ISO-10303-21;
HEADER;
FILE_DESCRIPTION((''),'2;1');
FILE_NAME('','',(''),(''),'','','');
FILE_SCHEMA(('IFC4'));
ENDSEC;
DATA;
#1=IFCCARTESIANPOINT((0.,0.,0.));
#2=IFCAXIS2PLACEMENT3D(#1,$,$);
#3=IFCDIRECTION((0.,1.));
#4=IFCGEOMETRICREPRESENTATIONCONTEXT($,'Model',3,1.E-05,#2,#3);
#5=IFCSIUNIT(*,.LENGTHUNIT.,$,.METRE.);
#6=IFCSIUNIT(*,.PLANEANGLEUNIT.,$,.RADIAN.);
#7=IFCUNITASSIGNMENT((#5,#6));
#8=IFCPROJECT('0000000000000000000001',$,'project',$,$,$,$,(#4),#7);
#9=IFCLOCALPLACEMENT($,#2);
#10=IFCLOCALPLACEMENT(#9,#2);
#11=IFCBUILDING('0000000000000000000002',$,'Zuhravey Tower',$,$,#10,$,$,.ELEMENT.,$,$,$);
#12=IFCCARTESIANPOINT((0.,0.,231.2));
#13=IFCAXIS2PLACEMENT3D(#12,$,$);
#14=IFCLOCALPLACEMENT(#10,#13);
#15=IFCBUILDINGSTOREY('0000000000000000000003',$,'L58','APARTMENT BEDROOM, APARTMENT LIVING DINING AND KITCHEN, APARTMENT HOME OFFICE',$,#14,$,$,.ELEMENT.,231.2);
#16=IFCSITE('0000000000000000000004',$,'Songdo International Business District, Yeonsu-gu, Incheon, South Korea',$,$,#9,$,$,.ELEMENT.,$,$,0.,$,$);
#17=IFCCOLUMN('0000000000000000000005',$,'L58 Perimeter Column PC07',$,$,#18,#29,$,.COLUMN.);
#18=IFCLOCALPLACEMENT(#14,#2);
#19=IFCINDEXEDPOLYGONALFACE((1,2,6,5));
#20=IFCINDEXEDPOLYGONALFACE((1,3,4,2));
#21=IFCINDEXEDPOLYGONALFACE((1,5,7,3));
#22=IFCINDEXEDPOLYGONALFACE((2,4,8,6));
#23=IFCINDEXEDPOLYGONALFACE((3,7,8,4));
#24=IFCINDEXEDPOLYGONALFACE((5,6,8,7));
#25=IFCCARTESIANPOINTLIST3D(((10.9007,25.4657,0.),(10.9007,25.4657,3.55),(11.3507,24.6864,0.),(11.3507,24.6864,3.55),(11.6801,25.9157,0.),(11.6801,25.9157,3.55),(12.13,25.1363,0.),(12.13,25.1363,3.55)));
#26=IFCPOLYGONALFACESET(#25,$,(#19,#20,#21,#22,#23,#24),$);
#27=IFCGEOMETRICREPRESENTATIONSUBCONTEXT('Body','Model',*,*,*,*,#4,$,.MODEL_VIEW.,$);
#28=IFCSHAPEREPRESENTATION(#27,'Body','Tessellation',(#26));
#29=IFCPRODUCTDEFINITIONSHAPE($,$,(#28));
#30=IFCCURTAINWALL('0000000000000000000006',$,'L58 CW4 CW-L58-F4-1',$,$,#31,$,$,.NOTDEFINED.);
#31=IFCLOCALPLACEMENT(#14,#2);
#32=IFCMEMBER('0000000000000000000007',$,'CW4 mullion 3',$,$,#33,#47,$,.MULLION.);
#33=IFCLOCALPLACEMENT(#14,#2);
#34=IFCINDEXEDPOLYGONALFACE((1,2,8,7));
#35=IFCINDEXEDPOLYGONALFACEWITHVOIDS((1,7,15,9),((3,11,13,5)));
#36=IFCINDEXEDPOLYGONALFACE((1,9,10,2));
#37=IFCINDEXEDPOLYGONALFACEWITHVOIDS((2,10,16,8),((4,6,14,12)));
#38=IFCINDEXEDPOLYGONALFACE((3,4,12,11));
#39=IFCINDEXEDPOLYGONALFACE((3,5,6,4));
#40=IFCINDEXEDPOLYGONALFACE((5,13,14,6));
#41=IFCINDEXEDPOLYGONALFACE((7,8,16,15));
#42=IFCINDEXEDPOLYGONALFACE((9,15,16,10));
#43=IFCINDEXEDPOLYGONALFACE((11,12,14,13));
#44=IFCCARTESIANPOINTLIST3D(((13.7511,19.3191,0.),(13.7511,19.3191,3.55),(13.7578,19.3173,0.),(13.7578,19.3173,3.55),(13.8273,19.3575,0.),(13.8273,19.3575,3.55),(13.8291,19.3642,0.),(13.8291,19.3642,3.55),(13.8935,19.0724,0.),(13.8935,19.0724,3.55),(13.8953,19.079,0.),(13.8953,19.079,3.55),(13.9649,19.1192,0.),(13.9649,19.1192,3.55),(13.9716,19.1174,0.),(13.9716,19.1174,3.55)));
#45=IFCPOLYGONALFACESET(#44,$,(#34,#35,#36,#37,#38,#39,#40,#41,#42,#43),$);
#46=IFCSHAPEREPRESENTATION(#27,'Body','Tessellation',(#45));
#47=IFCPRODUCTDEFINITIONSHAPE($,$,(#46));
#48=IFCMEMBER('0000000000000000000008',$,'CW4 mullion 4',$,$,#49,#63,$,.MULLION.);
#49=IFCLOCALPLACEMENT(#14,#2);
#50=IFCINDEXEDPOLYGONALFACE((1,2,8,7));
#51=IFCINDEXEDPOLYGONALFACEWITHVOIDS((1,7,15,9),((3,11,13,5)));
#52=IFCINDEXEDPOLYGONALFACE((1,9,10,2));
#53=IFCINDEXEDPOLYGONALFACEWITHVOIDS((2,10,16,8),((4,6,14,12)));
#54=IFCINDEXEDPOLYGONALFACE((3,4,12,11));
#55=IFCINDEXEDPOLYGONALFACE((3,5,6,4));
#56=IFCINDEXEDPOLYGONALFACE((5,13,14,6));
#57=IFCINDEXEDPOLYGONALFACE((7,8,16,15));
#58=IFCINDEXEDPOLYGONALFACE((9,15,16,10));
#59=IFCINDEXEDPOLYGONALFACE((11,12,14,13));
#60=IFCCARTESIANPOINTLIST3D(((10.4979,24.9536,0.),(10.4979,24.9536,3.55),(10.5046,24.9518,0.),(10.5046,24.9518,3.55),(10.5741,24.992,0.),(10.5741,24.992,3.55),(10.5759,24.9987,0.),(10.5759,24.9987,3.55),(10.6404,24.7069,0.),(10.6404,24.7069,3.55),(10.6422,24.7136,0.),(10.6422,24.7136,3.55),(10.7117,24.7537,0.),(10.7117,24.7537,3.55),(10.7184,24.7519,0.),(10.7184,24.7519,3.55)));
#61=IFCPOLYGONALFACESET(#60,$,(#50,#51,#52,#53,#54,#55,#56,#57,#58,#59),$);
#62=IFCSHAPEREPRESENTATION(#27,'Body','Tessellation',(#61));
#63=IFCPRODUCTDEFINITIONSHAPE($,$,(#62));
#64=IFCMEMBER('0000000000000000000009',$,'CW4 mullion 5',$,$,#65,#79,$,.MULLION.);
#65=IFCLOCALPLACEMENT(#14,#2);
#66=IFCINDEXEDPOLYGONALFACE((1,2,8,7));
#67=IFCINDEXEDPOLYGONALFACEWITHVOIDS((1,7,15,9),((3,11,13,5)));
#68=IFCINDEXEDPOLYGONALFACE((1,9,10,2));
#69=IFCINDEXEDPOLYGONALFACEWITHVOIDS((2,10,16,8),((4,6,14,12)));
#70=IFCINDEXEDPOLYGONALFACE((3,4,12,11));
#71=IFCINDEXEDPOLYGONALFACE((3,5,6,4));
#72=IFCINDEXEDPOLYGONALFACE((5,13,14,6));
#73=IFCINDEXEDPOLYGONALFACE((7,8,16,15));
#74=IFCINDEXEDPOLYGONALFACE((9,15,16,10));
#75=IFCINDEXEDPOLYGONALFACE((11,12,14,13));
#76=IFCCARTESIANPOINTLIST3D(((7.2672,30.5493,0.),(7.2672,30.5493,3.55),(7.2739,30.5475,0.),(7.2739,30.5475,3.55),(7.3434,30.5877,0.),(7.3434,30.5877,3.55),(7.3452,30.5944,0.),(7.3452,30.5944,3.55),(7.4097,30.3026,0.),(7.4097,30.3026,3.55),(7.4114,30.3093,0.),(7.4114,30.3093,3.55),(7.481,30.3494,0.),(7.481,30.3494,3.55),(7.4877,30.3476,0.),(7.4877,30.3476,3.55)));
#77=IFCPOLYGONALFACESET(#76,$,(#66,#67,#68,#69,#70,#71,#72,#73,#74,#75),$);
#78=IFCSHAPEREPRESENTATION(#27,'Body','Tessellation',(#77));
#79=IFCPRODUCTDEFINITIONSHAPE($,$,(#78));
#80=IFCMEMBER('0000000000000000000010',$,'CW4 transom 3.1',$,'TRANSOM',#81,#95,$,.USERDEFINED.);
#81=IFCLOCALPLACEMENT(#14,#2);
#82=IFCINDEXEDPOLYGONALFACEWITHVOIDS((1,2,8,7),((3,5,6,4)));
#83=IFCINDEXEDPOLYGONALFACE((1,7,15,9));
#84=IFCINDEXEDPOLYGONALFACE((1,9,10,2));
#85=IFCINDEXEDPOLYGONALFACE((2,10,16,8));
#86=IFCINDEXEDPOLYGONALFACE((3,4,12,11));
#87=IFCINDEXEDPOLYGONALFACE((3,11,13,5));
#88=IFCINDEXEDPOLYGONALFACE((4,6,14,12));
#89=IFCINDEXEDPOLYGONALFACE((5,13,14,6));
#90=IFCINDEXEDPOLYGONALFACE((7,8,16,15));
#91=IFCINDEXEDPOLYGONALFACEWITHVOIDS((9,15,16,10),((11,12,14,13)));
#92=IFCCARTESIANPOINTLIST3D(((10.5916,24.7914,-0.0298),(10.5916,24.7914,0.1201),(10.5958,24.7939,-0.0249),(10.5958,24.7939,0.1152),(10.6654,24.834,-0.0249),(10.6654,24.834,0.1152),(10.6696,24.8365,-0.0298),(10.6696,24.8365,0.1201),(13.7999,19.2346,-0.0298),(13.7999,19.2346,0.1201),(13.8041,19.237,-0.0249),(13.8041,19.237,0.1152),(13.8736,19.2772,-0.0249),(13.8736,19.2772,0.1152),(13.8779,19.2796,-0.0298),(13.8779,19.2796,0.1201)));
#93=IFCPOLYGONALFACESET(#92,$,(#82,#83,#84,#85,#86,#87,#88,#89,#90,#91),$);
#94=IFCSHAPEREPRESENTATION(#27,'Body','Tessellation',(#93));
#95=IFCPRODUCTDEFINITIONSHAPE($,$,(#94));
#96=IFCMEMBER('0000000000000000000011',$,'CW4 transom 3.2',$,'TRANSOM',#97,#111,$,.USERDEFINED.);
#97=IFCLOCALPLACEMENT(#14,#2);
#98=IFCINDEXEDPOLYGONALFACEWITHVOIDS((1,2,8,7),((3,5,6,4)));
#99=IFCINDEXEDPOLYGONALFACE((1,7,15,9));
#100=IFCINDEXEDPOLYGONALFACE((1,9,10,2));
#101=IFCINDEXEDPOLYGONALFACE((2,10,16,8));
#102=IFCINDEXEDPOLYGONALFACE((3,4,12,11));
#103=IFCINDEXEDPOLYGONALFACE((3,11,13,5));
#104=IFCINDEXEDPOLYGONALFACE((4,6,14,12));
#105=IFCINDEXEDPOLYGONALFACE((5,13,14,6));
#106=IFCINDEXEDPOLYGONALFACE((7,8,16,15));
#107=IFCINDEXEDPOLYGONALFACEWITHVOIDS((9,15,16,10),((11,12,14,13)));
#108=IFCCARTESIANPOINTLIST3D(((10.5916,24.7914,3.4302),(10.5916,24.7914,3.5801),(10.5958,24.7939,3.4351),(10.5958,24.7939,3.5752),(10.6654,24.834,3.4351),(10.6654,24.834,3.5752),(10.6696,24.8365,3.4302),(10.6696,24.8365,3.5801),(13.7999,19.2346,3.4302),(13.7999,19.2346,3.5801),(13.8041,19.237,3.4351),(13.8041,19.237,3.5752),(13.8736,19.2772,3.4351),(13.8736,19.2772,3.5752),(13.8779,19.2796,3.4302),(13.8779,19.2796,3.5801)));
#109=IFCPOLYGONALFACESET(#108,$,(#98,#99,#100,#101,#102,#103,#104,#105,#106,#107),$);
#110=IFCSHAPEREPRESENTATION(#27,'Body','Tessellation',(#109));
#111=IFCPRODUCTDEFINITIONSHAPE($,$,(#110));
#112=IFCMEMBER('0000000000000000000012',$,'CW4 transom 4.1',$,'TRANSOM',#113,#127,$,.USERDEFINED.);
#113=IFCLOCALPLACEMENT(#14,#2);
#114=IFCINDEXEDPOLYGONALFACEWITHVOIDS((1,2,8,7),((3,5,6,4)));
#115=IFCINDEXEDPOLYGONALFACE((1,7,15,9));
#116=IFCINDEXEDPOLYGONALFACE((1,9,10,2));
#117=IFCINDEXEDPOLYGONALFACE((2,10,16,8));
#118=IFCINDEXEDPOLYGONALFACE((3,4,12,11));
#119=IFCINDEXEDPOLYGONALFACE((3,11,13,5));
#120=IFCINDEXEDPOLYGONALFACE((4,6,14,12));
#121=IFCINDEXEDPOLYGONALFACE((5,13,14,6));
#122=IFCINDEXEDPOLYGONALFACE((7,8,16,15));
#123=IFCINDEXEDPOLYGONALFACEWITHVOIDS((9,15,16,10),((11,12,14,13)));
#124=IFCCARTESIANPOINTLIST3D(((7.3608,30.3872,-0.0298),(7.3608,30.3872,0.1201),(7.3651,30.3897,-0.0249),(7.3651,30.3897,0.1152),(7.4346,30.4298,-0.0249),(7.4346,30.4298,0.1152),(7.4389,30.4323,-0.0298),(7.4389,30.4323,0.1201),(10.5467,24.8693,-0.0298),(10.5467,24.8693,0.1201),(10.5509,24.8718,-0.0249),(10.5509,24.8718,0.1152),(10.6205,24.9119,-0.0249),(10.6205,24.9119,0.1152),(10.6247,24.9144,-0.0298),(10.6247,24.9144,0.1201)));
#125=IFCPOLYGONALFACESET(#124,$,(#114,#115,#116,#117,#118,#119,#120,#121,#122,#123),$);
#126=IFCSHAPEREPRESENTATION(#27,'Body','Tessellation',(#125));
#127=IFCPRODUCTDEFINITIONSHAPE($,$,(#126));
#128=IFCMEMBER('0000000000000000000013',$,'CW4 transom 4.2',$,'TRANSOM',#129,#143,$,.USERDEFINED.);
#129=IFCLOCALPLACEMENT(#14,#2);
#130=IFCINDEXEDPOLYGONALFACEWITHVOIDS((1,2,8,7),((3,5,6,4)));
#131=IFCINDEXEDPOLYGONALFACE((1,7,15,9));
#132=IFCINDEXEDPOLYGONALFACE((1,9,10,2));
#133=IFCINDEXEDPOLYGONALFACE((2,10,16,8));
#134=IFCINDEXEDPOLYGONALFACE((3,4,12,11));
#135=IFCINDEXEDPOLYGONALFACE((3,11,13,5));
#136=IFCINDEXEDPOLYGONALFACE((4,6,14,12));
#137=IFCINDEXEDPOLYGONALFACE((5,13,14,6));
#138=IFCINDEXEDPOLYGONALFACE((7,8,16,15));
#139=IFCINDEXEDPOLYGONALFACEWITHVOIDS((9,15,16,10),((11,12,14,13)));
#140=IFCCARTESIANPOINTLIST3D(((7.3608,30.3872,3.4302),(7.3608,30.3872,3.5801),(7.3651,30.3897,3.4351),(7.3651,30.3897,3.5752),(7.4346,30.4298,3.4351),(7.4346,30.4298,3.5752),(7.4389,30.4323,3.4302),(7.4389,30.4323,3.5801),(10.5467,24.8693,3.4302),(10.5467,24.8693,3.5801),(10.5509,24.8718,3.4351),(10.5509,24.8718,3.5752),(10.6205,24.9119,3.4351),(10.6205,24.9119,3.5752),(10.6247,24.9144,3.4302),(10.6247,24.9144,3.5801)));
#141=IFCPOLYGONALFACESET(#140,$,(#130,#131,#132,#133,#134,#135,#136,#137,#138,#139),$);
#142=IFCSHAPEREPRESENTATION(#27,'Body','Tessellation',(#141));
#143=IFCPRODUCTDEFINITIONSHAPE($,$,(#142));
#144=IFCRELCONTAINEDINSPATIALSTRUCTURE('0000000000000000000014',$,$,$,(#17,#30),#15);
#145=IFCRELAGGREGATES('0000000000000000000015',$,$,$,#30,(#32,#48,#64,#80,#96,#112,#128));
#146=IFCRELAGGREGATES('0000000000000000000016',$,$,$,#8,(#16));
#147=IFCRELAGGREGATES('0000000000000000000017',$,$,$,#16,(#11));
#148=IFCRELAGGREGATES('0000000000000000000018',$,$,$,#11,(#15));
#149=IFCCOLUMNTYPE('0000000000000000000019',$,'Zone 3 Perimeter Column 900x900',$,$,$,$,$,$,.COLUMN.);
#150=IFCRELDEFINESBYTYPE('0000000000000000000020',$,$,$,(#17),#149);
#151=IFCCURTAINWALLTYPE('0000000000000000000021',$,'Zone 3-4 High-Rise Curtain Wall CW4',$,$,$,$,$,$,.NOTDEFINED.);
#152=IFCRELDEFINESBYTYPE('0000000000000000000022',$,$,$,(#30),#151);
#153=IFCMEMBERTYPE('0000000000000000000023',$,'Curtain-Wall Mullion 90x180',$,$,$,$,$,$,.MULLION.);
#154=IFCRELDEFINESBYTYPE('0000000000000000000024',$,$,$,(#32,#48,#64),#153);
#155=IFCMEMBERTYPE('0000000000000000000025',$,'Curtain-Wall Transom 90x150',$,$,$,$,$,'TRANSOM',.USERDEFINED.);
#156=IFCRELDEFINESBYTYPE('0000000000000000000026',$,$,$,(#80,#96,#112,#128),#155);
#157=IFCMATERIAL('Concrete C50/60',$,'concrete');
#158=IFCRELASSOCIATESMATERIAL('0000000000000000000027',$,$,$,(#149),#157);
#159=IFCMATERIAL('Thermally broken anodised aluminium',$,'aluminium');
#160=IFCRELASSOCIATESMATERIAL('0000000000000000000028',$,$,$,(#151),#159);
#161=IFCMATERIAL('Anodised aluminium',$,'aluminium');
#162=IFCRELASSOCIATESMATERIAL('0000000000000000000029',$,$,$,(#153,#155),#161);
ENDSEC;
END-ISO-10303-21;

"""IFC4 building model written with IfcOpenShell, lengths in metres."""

from ifc_helpers import new_model, si_unit, direction, frame, origin, origin_2d, place, context, subcontext, project, spatial, rectangle, hollow_rectangle, extrude, material, material_profile, profile_set, type_object, element, aggregate, save


model = new_model("IFC4")

# Units and contexts
model_context = context("Model", 3, precision=1e-05, world=origin(), true_north=direction((0.0, 1.0)))
body_context = subcontext(model_context, "Body", "Model", "MODEL_VIEW")
ifc_project = project(units=[si_unit("LENGTHUNIT", "METRE"), si_unit("PLANEANGLEUNIT", "RADIAN")], contexts=[model_context])

# Site, building, storey
site_placement = place(None, origin())
site = spatial("IfcSite", under=ifc_project, at=site_placement, Name="Songdo International Business District, Yeonsu-gu, Incheon, South Korea", CompositionType="ELEMENT", RefElevation=0.0)
building_placement = place(site_placement, origin())
building = spatial("IfcBuilding", under=site, at=building_placement, Name="Zuhravey Tower", CompositionType="ELEMENT")
storey_placement = place(building_placement, frame((0.0, 0.0, 231.2)))
storey = spatial("IfcBuildingStorey", under=building, at=storey_placement, Name="L58", Description="APARTMENT BEDROOM, APARTMENT LIVING DINING AND KITCHEN, APARTMENT HOME OFFICE", CompositionType="ELEMENT", Elevation=231.2)

# Column
ifc_material_1 = material(Name="Concrete C50/60", Category="concrete")
ifc_material_profile_1 = material_profile(ifc_material_1, rectangle(XDim=0.8999, YDim=0.8999, at=origin_2d()), Name="RC-900x900")
ifc_profile_set_1 = profile_set([ifc_material_profile_1], Name="Concrete C50/60")
column_type = type_object("IfcColumnType", Name="Zone 3 Perimeter Column 900x900", PredefinedType="COLUMN", material=ifc_profile_set_1)
column_placement = place(storey_placement, frame((11.5154, 25.301, 0.0), z_axis=(0.0, 0.0, 1.0), x_axis=(0.5, -0.866025, 0.0)))
element("IfcColumn", 1, at=column_placement, inside=storey, type_object=column_type, Name="L58 Perimeter Column PC07", PredefinedType="COLUMN", context=body_context, shape_type="SweptSolid", body=[
    extrude(rectangle(XDim=0.8999, YDim=0.8999, at=origin_2d()), origin(), (0.0, 0.0, 1.0), 3.55),
])

# Curtain wall, members
ifc_material_2 = material(Name="Thermally broken anodised aluminium", Category="aluminium")
curtain_wall_type = type_object("IfcCurtainWallType", Name="Zone 3-4 High-Rise Curtain Wall CW4", PredefinedType="NOTDEFINED", material=ifc_material_2)
curtain_wall_placement = place(storey_placement, origin())
curtain_wall = element("IfcCurtainWall", 2, at=curtain_wall_placement, inside=storey, type_object=curtain_wall_type, Name="L58 CW4 CW-L58-F4-1", PredefinedType="NOTDEFINED")
ifc_material_3 = material(Name="Anodised aluminium", Category="aluminium")
ifc_material_profile_2 = material_profile(ifc_material_3, hollow_rectangle(XDim=0.0901, YDim=0.2849, WallThickness=0.0049, at=origin_2d()), Name="ALU-RHS-90x285x5")
ifc_profile_set_2 = profile_set([ifc_material_profile_2], Name="Anodised aluminium")
member_type_1 = type_object("IfcMemberType", Name="Curtain-Wall Mullion 90x180", PredefinedType="MULLION", material=ifc_profile_set_2)
member_1_placement = place(storey_placement, frame((13.8613, 19.2183, 0.0), z_axis=(0.0, 0.0, 1.0), x_axis=(-0.866025, -0.500001, 0.0)))
member_1 = element("IfcMember", 3, at=member_1_placement, type_object=member_type_1, Name="CW4 mullion 3", PredefinedType="MULLION", context=body_context, shape_type="SweptSolid", body=[
    extrude(hollow_rectangle(XDim=0.0901, YDim=0.2849, WallThickness=0.0049, at=origin_2d()), origin(), (0.0, 0.0, 1.0), 3.55),
])
member_2_placement = place(storey_placement, frame((10.6082, 24.8528, 0.0), z_axis=(0.0, 0.0, 1.0), x_axis=(-0.866025, -0.500001, 0.0)))
member_2 = element("IfcMember", 4, at=member_2_placement, type_object=member_type_1, Name="CW4 mullion 4", PredefinedType="MULLION", context=body_context, shape_type="SweptSolid", body=[
    extrude(hollow_rectangle(XDim=0.0901, YDim=0.2849, WallThickness=0.0049, at=origin_2d()), origin(), (0.0, 0.0, 1.0), 3.55),
])
member_3_placement = place(storey_placement, frame((7.3774, 30.4485, 0.0), z_axis=(0.0, 0.0, 1.0), x_axis=(-0.866025, -0.500001, 0.0)))
member_3 = element("IfcMember", 5, at=member_3_placement, type_object=member_type_1, Name="CW4 mullion 5", PredefinedType="MULLION", context=body_context, shape_type="SweptSolid", body=[
    extrude(hollow_rectangle(XDim=0.0901, YDim=0.2849, WallThickness=0.0049, at=origin_2d()), origin(), (0.0, 0.0, 1.0), 3.55),
])
ifc_material_profile_3 = material_profile(ifc_material_3, hollow_rectangle(XDim=0.0901, YDim=0.1499, WallThickness=0.0049, at=origin_2d()), Name="ALU-RHS-90x150x5")
ifc_profile_set_3 = profile_set([ifc_material_profile_3], Name="Anodised aluminium")
member_type_2 = type_object("IfcMemberType", Name="Curtain-Wall Transom 90x150", ElementType="TRANSOM", PredefinedType="USERDEFINED", material=ifc_profile_set_3)
member_4_placement = place(storey_placement, frame((13.8389, 19.2571, 0.0452), z_axis=(-0.499998, 0.866027, 0.0), x_axis=(-0.866027, -0.499998, 0.0)))
member_4 = element("IfcMember", 6, at=member_4_placement, type_object=member_type_2, Name="CW4 transom 3.1", ObjectType="TRANSOM", PredefinedType="USERDEFINED", context=body_context, shape_type="SweptSolid", body=[
    extrude(hollow_rectangle(XDim=0.0901, YDim=0.1499, WallThickness=0.0049, at=origin_2d()), origin(), (0.0, 0.0, 1.0), 6.4165),
])
member_5_placement = place(storey_placement, frame((13.8389, 19.2571, 3.5051), z_axis=(-0.499998, 0.866027, 0.0), x_axis=(-0.866027, -0.499998, 0.0)))
member_5 = element("IfcMember", 7, at=member_5_placement, type_object=member_type_2, Name="CW4 transom 3.2", ObjectType="TRANSOM", PredefinedType="USERDEFINED", context=body_context, shape_type="SweptSolid", body=[
    extrude(hollow_rectangle(XDim=0.0901, YDim=0.1499, WallThickness=0.0049, at=origin_2d()), origin(), (0.0, 0.0, 1.0), 6.4165),
])
member_6_placement = place(storey_placement, frame((10.5857, 24.8918, 0.0452), z_axis=(-0.500009, 0.86602, 0.0), x_axis=(-0.86602, -0.500009, 0.0)))
member_6 = element("IfcMember", 8, at=member_6_placement, type_object=member_type_2, Name="CW4 transom 4.1", ObjectType="TRANSOM", PredefinedType="USERDEFINED", context=body_context, shape_type="SweptSolid", body=[
    extrude(hollow_rectangle(XDim=0.0901, YDim=0.1499, WallThickness=0.0049, at=origin_2d()), origin(), (0.0, 0.0, 1.0), 6.3716),
])
member_7_placement = place(storey_placement, frame((10.5857, 24.8918, 3.5051), z_axis=(-0.500009, 0.86602, 0.0), x_axis=(-0.86602, -0.500009, 0.0)))
member_7 = element("IfcMember", 9, at=member_7_placement, type_object=member_type_2, Name="CW4 transom 4.2", ObjectType="TRANSOM", PredefinedType="USERDEFINED", context=body_context, shape_type="SweptSolid", body=[
    extrude(hollow_rectangle(XDim=0.0901, YDim=0.1499, WallThickness=0.0049, at=origin_2d()), origin(), (0.0, 0.0, 1.0), 6.3716),
])

aggregate(curtain_wall, [member_1, member_2, member_3, member_4, member_5, member_6, member_7])

save(model, "model.ifc")
